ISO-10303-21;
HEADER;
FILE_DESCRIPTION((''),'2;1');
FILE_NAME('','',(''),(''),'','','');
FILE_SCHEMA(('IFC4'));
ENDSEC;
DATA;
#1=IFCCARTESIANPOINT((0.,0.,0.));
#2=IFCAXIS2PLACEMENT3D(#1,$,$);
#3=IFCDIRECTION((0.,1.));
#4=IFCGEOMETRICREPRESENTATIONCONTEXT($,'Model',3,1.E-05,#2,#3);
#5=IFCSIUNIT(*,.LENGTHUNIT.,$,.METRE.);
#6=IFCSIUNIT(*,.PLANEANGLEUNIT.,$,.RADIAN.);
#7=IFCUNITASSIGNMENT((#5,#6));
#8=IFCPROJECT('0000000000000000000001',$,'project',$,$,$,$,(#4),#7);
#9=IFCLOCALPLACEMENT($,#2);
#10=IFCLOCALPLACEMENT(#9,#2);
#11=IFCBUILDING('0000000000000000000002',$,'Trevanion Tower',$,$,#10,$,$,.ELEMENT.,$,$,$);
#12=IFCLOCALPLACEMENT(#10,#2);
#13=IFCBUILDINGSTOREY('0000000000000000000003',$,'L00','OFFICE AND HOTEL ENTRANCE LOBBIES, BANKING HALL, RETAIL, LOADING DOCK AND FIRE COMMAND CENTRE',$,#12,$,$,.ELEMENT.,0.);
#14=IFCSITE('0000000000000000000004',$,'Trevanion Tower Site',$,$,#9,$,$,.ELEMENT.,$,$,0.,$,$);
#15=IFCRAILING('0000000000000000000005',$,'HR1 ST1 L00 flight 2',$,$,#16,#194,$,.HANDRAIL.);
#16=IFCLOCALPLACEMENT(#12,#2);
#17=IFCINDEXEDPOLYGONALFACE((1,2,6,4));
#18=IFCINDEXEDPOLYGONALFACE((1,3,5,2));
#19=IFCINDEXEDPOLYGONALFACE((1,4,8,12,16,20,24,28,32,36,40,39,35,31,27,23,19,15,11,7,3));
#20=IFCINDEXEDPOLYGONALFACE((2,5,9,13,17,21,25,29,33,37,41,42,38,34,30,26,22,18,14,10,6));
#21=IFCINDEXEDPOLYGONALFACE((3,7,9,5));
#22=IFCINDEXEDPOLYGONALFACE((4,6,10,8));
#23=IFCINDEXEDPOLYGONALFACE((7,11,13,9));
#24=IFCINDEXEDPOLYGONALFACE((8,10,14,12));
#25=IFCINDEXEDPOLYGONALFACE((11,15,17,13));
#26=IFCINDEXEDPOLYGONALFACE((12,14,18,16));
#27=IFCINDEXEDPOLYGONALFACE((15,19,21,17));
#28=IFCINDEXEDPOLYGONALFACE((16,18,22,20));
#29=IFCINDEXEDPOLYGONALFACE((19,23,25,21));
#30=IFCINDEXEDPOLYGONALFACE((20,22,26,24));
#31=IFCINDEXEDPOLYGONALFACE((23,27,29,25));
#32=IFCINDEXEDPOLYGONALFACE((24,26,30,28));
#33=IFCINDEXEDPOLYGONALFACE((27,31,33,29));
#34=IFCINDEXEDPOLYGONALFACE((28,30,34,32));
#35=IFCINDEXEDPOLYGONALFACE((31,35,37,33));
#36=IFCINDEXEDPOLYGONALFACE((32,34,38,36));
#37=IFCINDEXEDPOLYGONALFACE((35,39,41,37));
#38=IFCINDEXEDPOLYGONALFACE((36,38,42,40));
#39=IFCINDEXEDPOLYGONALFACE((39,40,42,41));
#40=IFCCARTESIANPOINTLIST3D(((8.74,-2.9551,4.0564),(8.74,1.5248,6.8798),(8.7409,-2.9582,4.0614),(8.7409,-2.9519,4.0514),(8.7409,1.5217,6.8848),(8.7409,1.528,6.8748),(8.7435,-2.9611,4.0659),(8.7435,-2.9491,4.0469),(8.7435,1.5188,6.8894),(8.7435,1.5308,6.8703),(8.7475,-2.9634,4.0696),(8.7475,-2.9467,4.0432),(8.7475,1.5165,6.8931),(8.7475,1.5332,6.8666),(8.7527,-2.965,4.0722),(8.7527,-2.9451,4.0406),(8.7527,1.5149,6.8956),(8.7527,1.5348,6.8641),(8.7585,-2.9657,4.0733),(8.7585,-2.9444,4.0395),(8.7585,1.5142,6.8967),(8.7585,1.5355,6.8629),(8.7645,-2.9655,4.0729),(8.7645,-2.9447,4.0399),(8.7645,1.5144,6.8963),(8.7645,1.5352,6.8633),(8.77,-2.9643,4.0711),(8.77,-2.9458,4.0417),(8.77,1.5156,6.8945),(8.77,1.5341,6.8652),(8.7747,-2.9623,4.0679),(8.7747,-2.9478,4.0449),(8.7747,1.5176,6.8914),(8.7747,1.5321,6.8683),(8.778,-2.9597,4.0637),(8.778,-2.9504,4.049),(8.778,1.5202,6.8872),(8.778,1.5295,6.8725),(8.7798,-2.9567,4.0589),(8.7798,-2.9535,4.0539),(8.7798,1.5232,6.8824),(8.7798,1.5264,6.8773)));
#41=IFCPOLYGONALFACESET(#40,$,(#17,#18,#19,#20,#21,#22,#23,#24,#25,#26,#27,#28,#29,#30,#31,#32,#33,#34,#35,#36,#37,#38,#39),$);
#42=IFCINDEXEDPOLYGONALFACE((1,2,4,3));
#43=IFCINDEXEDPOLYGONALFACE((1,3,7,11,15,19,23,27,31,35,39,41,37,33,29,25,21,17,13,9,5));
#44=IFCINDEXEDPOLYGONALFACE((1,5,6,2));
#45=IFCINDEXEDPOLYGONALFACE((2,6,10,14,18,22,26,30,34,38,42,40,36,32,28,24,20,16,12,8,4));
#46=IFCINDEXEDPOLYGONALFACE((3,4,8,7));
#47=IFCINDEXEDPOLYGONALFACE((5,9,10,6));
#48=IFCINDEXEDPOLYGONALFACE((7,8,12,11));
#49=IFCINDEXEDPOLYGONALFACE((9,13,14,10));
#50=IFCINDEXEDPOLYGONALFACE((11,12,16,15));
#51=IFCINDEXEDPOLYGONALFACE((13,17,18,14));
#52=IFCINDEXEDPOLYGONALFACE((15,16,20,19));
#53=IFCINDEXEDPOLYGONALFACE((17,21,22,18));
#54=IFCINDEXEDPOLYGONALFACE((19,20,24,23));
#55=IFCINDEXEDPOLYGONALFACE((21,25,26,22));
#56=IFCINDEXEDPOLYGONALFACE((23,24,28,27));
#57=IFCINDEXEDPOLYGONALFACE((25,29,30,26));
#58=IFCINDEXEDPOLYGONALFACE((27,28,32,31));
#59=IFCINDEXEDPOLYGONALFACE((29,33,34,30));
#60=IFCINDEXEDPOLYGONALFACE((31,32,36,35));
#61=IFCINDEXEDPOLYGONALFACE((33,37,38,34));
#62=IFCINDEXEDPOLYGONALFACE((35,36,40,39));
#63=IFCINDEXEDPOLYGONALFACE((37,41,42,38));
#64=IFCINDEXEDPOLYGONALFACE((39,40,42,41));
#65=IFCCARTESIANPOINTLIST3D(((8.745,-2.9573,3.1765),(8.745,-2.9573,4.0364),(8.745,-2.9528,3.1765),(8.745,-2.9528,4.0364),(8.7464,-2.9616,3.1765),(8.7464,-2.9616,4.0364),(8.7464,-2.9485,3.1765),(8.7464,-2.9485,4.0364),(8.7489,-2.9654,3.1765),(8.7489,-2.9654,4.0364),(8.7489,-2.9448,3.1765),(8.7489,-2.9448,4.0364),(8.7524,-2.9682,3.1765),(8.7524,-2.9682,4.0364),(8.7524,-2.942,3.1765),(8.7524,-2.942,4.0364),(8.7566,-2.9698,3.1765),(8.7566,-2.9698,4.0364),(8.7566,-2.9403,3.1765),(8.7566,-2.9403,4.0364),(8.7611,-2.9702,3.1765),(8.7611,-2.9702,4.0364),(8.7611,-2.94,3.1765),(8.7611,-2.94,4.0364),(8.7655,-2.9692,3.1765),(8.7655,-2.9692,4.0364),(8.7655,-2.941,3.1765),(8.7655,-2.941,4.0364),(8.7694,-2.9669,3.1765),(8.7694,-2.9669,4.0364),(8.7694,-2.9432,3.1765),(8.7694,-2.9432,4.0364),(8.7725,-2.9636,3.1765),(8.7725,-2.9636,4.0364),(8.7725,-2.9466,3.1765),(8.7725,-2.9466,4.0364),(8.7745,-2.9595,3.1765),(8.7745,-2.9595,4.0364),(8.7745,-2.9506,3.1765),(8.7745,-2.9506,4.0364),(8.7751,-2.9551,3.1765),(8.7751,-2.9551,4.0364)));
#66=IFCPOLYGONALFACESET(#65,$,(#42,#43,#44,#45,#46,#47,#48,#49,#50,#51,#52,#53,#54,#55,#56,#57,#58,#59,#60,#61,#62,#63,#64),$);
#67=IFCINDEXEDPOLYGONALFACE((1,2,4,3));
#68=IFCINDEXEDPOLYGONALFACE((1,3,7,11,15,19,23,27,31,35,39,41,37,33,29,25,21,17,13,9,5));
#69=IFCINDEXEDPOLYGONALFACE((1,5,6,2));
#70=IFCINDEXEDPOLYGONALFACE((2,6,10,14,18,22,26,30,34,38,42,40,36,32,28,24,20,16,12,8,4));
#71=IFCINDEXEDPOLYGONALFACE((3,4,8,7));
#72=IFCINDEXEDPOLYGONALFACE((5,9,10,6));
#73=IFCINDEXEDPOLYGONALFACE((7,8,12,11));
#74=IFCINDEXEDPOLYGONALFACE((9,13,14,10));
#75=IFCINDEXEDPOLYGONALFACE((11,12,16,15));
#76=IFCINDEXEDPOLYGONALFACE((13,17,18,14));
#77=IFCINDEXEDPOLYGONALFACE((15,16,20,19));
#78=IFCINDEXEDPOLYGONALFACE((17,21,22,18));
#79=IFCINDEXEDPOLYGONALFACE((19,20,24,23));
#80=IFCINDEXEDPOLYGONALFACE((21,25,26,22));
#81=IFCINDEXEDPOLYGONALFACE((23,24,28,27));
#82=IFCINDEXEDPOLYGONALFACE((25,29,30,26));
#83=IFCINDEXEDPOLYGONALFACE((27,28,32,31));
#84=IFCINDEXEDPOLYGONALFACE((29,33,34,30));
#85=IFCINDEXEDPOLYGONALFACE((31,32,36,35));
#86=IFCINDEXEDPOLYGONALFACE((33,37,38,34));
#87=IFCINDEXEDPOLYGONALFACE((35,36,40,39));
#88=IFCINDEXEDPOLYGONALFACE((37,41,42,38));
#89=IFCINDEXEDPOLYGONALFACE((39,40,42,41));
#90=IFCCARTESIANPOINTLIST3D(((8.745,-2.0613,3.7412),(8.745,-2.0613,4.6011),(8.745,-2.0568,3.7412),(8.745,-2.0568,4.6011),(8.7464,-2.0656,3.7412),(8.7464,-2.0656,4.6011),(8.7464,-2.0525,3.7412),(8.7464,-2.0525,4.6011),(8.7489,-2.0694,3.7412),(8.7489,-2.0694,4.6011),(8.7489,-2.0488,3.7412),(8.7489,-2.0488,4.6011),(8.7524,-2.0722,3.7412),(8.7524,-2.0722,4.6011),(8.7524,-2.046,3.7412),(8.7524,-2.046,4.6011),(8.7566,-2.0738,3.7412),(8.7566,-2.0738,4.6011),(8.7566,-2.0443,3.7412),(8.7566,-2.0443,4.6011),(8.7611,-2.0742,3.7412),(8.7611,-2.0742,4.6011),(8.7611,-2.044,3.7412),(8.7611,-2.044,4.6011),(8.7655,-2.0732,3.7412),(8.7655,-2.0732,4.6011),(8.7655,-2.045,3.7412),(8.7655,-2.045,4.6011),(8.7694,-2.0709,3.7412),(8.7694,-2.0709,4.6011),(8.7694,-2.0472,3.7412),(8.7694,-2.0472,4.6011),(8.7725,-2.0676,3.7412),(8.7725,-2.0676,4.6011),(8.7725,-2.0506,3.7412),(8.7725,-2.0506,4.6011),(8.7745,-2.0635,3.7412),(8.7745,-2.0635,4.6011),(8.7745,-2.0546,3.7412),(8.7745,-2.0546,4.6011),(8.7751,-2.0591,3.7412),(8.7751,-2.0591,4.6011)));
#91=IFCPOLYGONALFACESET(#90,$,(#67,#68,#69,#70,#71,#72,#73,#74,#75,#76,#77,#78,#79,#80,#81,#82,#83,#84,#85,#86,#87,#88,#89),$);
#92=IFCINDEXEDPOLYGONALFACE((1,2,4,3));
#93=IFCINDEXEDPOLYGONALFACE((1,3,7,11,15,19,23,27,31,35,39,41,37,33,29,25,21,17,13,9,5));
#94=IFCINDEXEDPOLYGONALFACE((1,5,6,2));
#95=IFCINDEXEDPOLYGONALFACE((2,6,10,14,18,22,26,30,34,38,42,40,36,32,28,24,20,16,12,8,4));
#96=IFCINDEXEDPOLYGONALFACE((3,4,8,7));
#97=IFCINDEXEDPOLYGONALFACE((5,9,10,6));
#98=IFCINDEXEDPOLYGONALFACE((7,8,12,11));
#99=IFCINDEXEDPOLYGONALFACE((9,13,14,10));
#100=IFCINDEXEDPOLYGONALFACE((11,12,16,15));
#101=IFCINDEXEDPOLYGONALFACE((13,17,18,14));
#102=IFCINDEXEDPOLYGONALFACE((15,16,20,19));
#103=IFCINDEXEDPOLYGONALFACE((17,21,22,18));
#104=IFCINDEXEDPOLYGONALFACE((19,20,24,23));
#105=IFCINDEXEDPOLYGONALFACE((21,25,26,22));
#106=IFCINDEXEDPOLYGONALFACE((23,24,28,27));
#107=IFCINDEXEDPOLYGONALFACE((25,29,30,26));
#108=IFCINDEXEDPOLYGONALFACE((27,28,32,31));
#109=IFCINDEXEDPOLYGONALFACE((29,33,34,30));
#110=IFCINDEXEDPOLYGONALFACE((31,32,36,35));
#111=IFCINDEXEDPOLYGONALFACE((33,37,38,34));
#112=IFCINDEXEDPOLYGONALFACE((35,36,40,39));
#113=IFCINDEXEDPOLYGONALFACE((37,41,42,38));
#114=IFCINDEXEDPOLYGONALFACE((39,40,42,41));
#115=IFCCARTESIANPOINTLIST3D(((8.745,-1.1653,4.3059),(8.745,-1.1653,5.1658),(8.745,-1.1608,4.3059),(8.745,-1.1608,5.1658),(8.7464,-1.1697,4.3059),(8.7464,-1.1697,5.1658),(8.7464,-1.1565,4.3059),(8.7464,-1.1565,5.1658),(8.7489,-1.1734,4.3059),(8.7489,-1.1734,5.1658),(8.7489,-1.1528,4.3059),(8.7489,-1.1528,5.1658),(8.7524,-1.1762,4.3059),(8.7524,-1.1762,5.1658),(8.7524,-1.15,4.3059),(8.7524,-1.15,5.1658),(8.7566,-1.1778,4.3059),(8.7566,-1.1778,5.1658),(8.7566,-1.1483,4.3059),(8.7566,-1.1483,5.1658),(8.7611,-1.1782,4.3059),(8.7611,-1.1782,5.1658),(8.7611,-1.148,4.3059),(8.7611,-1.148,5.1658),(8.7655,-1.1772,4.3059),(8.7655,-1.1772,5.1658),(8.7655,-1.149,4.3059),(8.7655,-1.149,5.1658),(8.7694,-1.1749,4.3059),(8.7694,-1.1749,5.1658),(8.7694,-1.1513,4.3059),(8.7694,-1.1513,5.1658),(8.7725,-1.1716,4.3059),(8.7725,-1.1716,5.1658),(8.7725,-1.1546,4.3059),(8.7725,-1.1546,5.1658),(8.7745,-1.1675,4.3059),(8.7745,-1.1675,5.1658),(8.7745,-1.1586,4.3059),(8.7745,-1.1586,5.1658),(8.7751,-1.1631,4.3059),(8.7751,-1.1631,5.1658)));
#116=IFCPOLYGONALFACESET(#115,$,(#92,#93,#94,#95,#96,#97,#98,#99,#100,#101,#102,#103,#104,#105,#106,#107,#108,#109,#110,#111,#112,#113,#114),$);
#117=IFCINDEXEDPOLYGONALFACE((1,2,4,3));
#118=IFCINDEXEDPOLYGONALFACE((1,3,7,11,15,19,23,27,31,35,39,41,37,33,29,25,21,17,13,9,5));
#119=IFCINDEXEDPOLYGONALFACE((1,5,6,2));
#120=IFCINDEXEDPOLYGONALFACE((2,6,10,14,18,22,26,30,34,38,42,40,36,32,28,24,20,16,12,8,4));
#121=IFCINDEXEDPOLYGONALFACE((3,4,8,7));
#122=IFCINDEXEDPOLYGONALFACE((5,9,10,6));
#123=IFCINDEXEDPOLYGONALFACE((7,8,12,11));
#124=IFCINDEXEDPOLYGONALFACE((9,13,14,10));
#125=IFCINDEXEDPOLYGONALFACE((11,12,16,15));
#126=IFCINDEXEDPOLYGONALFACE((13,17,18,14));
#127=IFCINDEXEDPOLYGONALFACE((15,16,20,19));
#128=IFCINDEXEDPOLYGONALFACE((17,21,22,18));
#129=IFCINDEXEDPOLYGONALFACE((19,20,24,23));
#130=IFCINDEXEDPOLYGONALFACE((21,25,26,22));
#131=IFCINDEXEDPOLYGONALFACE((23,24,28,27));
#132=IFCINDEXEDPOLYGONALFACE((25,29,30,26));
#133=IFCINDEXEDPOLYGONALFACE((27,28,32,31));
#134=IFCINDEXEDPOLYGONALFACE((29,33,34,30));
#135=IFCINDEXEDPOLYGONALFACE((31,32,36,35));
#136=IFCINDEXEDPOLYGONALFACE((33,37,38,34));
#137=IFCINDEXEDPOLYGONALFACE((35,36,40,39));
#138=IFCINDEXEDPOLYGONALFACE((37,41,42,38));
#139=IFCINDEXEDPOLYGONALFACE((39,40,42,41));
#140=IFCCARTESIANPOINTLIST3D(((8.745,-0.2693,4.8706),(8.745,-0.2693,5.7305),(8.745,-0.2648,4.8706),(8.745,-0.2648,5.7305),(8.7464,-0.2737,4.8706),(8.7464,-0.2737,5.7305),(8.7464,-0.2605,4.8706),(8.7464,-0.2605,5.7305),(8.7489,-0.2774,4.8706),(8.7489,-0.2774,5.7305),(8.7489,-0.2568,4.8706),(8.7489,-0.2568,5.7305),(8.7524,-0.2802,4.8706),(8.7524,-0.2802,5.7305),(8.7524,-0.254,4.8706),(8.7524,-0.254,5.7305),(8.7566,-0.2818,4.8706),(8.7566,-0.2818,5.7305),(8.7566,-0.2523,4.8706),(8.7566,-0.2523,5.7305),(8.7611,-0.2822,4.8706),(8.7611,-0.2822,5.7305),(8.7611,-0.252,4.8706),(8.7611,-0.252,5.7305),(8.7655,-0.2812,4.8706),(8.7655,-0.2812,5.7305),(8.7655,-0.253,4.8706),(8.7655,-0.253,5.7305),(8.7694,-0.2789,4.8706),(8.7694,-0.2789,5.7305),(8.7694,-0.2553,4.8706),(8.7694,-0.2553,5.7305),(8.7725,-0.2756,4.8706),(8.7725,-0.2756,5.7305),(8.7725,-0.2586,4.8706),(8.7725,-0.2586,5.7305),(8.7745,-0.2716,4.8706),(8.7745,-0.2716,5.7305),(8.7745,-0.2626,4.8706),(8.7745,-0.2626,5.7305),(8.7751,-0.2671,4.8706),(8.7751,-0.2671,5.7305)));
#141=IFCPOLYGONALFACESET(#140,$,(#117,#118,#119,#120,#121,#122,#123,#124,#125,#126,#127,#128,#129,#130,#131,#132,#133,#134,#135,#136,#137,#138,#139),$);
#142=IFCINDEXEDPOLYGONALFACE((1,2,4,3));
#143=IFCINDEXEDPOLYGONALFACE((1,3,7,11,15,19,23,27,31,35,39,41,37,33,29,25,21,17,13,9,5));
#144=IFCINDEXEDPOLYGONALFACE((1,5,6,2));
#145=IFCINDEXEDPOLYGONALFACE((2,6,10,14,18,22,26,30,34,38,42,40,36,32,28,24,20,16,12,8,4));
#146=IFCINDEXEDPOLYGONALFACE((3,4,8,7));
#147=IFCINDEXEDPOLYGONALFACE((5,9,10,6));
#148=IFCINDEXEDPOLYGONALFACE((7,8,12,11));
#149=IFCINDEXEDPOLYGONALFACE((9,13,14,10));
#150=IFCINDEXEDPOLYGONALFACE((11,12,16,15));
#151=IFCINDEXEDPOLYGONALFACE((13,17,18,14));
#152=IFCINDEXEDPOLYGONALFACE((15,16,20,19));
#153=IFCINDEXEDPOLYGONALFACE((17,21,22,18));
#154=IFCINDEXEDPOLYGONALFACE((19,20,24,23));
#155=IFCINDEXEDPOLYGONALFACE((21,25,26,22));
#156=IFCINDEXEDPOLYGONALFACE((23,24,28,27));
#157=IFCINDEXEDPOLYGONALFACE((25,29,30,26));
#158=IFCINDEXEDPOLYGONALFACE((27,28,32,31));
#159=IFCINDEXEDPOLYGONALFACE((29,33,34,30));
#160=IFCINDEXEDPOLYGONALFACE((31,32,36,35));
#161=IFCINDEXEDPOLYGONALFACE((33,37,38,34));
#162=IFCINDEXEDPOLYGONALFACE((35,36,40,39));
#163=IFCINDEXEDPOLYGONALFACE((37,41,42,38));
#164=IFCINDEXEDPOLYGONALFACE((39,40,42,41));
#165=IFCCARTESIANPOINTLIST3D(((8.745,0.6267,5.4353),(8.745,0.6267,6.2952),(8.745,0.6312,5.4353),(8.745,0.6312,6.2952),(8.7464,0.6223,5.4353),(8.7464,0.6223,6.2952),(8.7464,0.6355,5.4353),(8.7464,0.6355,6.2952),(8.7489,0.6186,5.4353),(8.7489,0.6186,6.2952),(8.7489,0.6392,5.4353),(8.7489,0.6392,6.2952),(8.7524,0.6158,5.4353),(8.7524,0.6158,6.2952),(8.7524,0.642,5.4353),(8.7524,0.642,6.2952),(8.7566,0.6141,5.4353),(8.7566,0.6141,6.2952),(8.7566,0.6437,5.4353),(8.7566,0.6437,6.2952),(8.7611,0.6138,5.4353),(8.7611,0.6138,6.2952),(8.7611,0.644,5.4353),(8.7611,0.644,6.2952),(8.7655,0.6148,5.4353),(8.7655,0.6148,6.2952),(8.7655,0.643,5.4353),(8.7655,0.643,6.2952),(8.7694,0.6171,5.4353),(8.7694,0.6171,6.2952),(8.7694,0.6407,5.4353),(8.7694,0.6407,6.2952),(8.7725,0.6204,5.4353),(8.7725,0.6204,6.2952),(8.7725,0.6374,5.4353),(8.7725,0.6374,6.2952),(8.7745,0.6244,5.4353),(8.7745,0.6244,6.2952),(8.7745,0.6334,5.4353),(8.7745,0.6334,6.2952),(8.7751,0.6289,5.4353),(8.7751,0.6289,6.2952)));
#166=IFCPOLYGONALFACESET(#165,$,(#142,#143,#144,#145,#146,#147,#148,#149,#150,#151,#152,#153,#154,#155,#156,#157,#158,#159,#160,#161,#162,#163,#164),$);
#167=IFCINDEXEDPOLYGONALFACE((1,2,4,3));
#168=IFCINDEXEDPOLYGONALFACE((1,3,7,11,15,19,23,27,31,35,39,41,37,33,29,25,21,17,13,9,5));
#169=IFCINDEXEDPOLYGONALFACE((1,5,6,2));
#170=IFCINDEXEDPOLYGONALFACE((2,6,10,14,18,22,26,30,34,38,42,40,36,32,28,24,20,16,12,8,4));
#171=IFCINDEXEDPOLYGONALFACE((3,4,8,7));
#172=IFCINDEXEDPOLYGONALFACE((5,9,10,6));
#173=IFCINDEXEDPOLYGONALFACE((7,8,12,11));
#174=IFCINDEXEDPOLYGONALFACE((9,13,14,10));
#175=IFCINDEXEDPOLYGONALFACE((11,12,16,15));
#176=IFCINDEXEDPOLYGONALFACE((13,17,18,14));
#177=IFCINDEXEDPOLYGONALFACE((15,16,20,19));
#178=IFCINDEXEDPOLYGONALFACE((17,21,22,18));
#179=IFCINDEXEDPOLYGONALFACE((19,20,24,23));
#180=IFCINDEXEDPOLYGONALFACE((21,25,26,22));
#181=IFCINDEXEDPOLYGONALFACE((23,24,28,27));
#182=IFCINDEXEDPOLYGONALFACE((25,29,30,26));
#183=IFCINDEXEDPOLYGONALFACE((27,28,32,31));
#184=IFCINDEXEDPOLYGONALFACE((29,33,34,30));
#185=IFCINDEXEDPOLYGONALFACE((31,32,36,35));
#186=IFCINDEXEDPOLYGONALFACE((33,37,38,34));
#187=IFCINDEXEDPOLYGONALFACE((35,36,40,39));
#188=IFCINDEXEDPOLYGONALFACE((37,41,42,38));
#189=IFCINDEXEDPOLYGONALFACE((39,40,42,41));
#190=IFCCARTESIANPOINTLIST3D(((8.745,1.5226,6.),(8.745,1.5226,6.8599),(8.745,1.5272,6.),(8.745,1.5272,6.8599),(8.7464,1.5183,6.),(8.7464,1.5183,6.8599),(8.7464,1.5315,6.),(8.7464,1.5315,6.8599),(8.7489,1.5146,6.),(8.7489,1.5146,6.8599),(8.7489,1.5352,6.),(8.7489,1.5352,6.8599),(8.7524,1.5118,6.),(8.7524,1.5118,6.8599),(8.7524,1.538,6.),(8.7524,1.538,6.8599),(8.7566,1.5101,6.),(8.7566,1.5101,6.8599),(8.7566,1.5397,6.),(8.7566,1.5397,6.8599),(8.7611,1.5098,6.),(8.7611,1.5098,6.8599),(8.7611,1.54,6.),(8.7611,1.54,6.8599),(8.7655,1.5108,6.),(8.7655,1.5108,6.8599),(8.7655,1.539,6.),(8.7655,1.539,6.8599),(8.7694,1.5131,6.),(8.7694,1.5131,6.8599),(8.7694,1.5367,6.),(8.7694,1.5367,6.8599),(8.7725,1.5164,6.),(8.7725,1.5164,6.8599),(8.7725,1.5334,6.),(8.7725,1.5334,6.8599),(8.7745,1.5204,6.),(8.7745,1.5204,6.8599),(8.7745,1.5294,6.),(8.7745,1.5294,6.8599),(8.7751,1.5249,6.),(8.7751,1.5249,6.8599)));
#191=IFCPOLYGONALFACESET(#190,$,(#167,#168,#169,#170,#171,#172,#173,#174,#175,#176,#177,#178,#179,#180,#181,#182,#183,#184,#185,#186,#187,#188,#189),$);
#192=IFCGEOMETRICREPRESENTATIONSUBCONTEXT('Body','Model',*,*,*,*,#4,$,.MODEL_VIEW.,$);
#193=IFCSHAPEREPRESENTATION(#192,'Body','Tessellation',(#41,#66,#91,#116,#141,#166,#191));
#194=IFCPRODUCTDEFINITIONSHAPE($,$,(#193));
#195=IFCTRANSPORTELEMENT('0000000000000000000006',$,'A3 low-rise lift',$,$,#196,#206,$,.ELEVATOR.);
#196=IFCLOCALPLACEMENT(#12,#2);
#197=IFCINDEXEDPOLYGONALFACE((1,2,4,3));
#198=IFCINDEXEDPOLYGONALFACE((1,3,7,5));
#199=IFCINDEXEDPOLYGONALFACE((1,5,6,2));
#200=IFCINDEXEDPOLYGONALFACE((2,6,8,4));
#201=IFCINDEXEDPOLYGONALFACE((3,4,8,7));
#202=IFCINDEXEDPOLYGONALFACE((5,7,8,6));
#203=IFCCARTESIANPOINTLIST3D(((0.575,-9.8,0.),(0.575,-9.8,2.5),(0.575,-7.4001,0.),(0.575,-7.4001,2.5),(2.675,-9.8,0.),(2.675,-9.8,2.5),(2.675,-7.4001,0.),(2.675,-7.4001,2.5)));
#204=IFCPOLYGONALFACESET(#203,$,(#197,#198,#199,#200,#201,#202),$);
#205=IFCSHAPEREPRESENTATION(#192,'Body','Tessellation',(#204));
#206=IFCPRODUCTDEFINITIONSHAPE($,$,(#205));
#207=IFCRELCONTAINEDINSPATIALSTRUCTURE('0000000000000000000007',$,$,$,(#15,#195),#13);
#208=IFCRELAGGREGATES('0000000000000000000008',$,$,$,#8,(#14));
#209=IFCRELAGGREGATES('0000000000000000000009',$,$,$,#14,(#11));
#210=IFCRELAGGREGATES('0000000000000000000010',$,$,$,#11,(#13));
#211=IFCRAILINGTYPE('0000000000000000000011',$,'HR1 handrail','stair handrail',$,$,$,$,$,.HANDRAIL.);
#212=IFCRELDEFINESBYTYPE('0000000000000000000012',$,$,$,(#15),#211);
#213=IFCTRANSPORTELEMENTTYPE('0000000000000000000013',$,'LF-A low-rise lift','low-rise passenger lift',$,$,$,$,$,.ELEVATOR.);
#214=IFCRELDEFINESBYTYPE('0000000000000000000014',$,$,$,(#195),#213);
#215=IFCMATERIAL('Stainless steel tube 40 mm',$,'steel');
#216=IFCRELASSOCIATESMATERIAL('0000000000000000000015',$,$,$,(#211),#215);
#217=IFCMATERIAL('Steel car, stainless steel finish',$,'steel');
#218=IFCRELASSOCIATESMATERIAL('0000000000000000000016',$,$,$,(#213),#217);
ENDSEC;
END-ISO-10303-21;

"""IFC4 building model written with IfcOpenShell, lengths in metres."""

from ifc_helpers import new_model, si_unit, direction, frame, origin, origin_2d, place, context, subcontext, project, spatial, rectangle, circle, extrude, material, type_object, element, save


model = new_model("IFC4")

# Units and contexts
model_context = context("Model", 3, precision=1e-05, world=origin(), true_north=direction((0.0, 1.0)))
body_context = subcontext(model_context, "Body", "Model", "MODEL_VIEW")
ifc_project = project(units=[si_unit("LENGTHUNIT", "METRE"), si_unit("PLANEANGLEUNIT", "RADIAN")], contexts=[model_context])

# Site, building, storey
site_placement = place(None, origin())
site = spatial("IfcSite", under=ifc_project, at=site_placement, Name="Trevanion Tower Site", CompositionType="ELEMENT", RefElevation=0.0)
building_placement = place(site_placement, origin())
building = spatial("IfcBuilding", under=site, at=building_placement, Name="Trevanion Tower", CompositionType="ELEMENT")
storey_placement = place(building_placement, origin())
storey = spatial("IfcBuildingStorey", under=building, at=storey_placement, Name="L00", Description="OFFICE AND HOTEL ENTRANCE LOBBIES, BANKING HALL, RETAIL, LOADING DOCK AND FIRE COMMAND CENTRE", CompositionType="ELEMENT", Elevation=0.0)

# Railing
ifc_material_1 = material(Name="Stainless steel tube 40 mm", Category="steel")
railing_type = type_object("IfcRailingType", Name="HR1 handrail", Description="stair handrail", PredefinedType="HANDRAIL", material=ifc_material_1)
for number, where, name in (
    (1, (8.76, -2.9551, 3.1765), "HR1 ST1 L00 flight 2"),
):
    element("IfcRailing", number, at=place(storey_placement, frame(where)), inside=storey, type_object=railing_type, Name=name, PredefinedType="HANDRAIL", context=body_context, shape_type="SweptSolid", body=[
        extrude(circle(Radius=0.02, at=origin_2d()), frame((0.0, 0.0, 0.8799), z_axis=(0.0, 0.845998, 0.533186), x_axis=(-1.0, 0.0, 0.0)), (0.0, 0.0, 1.0), 5.2954),
        extrude(circle(Radius=0.0151, at=origin_2d()), origin(), (0.0, 0.0, 1.0), 0.8599),
        extrude(circle(Radius=0.0151, at=origin_2d()), frame((0.0, 0.896, 0.5647)), (0.0, 0.0, 1.0), 0.8599),
        extrude(circle(Radius=0.0151, at=origin_2d()), frame((0.0, 1.792, 1.1294)), (0.0, 0.0, 1.0), 0.8599),
        extrude(circle(Radius=0.0151, at=origin_2d()), frame((0.0, 2.688, 1.6941)), (0.0, 0.0, 1.0), 0.8599),
        extrude(circle(Radius=0.0151, at=origin_2d()), frame((0.0, 3.584, 2.2588)), (0.0, 0.0, 1.0), 0.8599),
        extrude(circle(Radius=0.0151, at=origin_2d()), frame((0.0, 4.48, 2.8235)), (0.0, 0.0, 1.0), 0.8599),
    ])

# Transport element
ifc_material_2 = material(Name="Steel car, stainless steel finish", Category="steel")
transport_element_type = type_object("IfcTransportElementType", Name="LF-A low-rise lift", Description="low-rise passenger lift", PredefinedType="ELEVATOR", material=ifc_material_2)
for number, where, z_axis, x_axis, name in (
    (2, (1.625, -8.6001, 0.0), (0.0, 0.0, 1.0), (1.0, 0.0, 0.0), "A3 low-rise lift"),
):
    element("IfcTransportElement", number, at=place(storey_placement, frame(where, z_axis=z_axis, x_axis=x_axis)), inside=storey, type_object=transport_element_type, Name=name, PredefinedType="ELEVATOR", context=body_context, shape_type="SweptSolid", body=[
        extrude(rectangle(XDim=2.1001, YDim=2.3999, at=origin_2d()), origin(), (0.0, 0.0, 1.0), 2.5),
    ])

save(model, "model.ifc")
